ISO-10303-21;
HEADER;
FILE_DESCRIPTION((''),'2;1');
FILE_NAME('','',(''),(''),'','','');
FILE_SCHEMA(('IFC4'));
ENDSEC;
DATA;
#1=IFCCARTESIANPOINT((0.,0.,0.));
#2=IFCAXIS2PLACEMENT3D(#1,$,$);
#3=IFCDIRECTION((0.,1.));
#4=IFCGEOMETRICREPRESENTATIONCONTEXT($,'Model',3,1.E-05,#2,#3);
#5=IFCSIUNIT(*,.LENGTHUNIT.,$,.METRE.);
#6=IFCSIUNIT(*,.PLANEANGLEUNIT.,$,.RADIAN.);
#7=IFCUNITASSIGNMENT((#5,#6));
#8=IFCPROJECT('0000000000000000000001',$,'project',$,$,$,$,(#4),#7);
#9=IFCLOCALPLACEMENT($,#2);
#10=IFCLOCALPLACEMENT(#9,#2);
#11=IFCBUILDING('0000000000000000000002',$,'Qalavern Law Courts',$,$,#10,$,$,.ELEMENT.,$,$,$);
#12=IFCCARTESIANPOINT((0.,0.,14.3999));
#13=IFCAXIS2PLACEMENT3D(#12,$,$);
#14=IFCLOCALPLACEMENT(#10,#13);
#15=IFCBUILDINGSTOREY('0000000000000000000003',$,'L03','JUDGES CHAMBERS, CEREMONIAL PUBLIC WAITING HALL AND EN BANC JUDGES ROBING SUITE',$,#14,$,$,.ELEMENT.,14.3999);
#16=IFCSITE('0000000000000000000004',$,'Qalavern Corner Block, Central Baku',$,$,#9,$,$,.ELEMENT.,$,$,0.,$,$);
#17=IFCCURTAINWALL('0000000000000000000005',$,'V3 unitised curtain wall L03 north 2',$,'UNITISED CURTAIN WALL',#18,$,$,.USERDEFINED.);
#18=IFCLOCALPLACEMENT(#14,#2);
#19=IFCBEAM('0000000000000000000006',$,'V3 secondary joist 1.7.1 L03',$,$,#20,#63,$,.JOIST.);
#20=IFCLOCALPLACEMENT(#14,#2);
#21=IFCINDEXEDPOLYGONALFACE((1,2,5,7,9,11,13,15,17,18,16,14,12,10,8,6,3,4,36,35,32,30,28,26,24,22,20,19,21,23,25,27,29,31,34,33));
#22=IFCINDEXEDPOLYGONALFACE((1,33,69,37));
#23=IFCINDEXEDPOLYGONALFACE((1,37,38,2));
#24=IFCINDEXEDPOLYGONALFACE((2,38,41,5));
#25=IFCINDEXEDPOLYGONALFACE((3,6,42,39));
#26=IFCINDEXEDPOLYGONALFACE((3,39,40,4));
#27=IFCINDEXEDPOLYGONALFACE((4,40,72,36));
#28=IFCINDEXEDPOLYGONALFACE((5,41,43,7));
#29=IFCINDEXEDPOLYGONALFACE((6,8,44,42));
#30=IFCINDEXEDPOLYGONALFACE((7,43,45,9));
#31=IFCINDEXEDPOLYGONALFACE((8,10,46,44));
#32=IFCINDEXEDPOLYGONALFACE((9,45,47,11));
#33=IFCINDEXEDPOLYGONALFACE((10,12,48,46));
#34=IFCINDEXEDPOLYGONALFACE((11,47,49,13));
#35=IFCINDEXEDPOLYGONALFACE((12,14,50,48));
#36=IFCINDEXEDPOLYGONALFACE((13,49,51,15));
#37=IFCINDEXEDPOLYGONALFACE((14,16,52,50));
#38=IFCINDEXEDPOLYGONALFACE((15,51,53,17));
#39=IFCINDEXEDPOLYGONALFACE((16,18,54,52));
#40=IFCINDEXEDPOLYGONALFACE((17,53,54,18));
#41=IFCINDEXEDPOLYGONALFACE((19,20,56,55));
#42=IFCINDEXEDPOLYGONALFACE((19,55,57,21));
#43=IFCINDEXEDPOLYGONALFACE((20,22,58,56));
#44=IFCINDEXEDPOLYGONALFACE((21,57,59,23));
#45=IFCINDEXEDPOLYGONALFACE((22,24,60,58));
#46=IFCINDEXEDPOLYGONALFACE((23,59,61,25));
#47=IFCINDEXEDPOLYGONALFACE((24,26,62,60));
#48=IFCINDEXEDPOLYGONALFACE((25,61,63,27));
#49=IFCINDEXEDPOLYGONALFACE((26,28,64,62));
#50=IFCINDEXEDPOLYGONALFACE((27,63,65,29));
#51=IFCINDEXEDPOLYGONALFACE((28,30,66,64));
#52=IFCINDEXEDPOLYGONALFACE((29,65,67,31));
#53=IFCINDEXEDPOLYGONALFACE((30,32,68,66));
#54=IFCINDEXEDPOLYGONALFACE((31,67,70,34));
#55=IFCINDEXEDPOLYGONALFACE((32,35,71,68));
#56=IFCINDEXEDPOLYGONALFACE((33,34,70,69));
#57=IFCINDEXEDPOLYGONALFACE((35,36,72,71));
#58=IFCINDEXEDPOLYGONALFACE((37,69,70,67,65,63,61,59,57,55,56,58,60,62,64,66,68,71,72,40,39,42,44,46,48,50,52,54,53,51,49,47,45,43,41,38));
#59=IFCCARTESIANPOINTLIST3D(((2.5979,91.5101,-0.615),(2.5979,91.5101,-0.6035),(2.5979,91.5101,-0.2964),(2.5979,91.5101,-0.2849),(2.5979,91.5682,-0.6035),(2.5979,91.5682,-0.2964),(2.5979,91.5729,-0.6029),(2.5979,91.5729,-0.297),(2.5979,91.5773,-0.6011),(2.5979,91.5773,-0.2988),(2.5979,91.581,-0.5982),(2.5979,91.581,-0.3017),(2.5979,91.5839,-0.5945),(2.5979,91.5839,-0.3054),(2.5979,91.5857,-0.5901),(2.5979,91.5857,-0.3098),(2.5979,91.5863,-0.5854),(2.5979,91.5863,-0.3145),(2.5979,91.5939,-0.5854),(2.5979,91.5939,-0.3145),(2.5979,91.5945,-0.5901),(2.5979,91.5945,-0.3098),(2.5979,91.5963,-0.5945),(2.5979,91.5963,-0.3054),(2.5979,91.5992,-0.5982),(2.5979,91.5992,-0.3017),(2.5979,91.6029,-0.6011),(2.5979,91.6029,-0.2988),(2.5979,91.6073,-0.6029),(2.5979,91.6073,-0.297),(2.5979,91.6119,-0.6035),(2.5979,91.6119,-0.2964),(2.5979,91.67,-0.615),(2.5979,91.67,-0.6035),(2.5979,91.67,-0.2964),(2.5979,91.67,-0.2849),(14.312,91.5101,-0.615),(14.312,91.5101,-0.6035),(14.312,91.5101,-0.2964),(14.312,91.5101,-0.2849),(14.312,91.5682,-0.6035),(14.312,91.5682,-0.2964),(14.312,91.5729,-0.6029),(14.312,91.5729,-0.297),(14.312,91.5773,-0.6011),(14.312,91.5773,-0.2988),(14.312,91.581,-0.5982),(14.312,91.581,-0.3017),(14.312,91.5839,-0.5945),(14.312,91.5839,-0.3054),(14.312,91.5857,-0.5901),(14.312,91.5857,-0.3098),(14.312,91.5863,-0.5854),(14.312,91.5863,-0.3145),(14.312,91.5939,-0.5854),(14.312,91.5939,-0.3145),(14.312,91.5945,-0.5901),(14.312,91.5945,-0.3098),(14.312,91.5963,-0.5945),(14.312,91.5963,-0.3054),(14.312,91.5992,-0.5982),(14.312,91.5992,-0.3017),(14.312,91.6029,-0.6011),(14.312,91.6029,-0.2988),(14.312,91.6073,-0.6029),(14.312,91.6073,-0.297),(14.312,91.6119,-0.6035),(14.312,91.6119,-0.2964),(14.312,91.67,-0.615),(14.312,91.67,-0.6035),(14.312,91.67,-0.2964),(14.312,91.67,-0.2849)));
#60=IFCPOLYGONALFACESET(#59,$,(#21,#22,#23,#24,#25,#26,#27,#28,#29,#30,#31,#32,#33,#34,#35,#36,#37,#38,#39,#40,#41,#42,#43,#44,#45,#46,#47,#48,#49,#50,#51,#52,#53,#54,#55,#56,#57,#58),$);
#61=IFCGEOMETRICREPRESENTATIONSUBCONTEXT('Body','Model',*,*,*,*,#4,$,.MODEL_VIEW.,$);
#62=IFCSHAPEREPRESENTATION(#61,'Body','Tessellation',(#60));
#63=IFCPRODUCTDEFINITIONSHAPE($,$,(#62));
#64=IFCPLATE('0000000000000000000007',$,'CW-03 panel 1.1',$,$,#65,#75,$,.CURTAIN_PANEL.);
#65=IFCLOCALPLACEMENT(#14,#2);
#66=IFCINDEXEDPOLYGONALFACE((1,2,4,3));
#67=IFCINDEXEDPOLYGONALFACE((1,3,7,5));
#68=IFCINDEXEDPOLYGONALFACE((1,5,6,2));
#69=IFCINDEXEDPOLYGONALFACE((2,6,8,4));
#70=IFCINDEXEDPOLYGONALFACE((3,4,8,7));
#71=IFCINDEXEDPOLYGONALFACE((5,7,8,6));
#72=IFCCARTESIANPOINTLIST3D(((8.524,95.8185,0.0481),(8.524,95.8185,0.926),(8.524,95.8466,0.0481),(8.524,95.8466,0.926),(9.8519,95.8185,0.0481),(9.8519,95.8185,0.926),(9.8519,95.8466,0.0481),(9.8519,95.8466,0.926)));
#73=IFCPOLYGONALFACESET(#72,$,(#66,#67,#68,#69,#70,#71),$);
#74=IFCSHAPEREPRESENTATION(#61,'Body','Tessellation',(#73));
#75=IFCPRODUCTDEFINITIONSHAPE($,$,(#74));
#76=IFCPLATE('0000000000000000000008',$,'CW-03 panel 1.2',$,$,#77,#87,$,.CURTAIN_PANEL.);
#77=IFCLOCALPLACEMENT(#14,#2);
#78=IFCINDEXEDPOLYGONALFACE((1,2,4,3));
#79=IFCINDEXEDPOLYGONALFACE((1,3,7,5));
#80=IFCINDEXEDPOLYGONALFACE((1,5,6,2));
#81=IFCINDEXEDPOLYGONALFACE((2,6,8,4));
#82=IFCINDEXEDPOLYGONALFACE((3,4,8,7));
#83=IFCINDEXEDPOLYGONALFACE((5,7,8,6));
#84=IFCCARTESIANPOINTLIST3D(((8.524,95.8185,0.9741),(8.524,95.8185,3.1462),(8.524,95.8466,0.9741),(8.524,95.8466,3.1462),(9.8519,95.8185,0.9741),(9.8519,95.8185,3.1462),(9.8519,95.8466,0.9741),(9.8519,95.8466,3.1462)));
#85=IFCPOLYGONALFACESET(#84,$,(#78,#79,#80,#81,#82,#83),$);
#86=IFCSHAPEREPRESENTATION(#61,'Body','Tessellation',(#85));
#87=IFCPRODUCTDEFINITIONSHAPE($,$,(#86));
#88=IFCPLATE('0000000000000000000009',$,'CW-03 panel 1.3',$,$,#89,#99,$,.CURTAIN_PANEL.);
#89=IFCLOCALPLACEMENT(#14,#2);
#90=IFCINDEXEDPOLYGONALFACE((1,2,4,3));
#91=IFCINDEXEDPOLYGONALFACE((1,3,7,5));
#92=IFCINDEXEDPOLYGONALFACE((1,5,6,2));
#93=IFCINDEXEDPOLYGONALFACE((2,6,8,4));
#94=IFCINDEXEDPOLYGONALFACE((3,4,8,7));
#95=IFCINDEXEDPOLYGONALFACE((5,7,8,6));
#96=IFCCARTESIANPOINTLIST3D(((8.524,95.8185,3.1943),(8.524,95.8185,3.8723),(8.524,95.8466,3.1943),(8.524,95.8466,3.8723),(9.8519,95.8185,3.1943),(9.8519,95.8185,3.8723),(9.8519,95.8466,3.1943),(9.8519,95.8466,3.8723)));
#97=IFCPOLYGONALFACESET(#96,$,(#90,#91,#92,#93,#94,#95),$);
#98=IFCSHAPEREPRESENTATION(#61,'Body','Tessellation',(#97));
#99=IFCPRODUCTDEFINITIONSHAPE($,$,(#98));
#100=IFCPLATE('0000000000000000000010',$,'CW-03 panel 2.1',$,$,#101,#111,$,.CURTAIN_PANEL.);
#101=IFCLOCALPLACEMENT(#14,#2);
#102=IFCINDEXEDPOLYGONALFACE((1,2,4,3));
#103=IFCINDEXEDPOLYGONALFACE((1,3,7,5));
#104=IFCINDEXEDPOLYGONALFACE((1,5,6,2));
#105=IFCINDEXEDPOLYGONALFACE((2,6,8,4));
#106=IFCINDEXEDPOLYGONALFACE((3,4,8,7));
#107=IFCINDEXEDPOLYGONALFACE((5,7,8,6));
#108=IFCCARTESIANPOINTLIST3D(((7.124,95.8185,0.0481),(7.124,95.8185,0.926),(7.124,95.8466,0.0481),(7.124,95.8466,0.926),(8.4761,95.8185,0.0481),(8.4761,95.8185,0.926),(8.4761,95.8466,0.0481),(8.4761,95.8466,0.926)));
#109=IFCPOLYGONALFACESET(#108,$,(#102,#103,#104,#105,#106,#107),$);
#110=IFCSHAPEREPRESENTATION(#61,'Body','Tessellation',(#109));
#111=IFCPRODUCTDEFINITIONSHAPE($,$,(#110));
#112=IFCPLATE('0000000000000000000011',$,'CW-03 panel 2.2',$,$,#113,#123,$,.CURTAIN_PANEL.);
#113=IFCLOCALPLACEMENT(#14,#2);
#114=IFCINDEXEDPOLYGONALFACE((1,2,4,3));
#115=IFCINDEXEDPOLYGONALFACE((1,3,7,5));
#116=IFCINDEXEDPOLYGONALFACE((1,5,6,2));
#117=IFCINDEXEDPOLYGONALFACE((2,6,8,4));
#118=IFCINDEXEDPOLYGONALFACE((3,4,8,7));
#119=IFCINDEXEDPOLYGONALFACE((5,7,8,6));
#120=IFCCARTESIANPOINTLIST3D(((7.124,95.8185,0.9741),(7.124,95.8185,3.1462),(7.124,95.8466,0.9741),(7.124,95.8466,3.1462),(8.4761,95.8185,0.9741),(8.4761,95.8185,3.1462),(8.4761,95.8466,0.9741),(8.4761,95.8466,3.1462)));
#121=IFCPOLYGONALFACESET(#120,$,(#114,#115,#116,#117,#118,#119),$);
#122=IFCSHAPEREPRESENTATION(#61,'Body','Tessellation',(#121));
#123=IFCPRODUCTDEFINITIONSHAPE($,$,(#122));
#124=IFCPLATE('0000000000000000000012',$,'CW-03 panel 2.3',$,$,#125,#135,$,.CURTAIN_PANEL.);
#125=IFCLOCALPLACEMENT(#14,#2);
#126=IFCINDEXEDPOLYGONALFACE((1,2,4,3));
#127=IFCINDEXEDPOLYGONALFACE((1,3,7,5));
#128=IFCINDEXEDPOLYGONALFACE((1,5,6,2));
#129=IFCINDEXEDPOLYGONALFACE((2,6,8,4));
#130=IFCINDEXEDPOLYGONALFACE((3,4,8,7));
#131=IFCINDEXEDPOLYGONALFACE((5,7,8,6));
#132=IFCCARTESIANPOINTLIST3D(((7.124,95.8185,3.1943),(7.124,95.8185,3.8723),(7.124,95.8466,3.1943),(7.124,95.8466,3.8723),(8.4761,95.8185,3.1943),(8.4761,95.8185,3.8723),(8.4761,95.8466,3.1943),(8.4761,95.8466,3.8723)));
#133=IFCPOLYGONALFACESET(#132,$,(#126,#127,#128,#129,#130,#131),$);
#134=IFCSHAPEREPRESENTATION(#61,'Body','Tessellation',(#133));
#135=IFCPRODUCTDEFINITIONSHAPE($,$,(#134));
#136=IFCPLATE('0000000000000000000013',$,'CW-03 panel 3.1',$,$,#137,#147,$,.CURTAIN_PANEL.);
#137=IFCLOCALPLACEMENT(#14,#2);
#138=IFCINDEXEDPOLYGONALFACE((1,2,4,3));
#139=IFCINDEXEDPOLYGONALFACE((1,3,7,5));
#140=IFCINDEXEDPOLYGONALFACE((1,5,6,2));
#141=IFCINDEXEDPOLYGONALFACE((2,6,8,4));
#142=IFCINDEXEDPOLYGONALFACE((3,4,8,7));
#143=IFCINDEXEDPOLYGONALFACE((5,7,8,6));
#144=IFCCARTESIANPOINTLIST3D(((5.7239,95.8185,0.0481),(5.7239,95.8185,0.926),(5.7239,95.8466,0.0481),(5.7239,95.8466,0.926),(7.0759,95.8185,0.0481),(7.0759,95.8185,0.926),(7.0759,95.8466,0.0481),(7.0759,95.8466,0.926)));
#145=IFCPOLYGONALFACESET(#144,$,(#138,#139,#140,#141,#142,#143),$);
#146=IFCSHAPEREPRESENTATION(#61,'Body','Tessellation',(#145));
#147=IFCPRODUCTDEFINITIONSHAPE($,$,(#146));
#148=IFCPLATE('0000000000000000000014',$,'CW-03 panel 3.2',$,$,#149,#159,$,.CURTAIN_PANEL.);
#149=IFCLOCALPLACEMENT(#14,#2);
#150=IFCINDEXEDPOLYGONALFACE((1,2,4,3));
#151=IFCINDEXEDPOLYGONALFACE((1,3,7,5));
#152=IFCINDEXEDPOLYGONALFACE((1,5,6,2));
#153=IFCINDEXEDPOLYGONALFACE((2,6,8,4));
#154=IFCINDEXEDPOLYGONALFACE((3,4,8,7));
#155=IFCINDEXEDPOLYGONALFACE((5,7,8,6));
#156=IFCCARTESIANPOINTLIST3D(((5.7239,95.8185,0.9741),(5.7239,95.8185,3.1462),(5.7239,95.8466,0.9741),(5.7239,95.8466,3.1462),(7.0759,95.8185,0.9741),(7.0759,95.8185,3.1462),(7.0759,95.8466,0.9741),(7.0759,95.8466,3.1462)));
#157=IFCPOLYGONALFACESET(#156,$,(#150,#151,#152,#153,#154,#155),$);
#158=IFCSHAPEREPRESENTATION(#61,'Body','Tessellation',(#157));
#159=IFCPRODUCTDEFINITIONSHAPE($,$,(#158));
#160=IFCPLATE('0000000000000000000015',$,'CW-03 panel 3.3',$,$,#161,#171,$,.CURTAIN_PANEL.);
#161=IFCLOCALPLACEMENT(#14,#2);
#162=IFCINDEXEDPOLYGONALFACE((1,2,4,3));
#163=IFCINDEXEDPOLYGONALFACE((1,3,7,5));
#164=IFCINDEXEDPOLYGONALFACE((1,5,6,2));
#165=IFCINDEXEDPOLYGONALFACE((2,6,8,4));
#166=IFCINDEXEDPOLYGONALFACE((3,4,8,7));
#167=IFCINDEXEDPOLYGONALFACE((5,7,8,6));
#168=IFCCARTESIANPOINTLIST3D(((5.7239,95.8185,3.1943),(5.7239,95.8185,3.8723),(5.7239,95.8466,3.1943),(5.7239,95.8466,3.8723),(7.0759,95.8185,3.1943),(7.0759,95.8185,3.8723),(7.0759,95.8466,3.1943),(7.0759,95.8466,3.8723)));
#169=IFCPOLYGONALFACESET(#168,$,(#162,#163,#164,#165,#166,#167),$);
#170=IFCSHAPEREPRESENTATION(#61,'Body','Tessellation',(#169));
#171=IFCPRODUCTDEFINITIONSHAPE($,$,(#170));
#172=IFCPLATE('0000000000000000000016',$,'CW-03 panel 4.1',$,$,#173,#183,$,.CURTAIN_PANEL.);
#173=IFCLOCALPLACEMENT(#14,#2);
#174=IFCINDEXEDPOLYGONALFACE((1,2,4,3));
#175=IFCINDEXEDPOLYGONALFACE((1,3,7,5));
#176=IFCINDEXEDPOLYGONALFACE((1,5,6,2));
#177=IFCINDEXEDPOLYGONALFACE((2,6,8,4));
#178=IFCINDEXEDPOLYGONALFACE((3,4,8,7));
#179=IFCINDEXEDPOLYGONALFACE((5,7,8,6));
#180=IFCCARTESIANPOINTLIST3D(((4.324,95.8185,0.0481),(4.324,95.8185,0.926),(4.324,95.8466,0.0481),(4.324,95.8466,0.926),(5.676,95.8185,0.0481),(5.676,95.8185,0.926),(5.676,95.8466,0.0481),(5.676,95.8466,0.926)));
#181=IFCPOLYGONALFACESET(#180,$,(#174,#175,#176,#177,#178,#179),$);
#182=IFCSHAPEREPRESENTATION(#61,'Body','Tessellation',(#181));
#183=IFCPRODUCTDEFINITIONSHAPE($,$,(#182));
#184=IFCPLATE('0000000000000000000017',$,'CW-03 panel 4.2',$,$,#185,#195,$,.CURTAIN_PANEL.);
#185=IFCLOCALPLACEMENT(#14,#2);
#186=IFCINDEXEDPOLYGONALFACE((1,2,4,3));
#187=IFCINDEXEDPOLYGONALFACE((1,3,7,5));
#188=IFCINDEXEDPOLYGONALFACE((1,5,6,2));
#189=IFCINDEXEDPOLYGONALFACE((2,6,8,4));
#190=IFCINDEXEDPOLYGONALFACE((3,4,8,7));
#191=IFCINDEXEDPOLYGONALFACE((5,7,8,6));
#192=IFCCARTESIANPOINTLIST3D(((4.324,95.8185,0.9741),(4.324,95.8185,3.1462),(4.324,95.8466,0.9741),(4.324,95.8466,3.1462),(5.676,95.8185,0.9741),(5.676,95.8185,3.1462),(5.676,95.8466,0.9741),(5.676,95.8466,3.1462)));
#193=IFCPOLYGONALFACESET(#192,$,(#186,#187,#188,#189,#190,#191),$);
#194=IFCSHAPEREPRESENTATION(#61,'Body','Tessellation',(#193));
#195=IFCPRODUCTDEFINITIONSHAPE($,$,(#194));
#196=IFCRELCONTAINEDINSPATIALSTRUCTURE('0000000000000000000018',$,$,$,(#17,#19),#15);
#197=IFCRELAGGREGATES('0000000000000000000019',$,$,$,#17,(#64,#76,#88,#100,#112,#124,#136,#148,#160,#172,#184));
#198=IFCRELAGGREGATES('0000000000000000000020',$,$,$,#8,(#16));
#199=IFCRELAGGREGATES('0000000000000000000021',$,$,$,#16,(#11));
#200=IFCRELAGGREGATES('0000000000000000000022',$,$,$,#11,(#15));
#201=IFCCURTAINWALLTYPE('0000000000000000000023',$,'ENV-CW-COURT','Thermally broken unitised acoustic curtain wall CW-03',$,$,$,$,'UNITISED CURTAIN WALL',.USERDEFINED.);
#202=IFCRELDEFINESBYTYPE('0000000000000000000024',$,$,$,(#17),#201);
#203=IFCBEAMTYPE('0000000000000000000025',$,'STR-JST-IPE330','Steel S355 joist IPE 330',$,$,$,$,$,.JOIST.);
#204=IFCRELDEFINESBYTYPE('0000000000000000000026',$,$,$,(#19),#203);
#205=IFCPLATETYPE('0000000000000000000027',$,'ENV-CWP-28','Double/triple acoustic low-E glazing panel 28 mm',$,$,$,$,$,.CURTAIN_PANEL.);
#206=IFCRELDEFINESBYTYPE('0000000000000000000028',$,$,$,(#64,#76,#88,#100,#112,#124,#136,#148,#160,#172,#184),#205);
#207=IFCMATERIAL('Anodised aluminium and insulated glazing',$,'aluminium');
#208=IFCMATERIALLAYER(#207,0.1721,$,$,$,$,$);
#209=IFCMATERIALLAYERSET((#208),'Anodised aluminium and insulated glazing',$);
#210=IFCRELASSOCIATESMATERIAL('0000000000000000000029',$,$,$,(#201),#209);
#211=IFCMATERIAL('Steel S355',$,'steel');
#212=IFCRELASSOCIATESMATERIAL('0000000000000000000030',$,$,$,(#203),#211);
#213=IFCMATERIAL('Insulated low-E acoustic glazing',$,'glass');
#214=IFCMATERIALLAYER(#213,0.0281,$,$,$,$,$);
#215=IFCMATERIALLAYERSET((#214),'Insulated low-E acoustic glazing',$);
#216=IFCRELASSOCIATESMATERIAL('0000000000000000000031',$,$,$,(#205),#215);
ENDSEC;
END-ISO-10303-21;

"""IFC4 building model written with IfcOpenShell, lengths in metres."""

from ifc_helpers import new_model, si_unit, direction, frame, origin, origin_2d, place, context, subcontext, project, spatial, rectangle, i_section, extrude, material, layer, layer_set, material_profile, profile_set, type_object, element, aggregate, save


model = new_model("IFC4")

# Units and contexts
model_context = context("Model", 3, precision=1e-05, world=origin(), true_north=direction((0.0, 1.0)))
body_context = subcontext(model_context, "Body", "Model", "MODEL_VIEW")
ifc_project = project(units=[si_unit("LENGTHUNIT", "METRE"), si_unit("PLANEANGLEUNIT", "RADIAN")], contexts=[model_context])

# Site, building, storey
site_placement = place(None, origin())
site = spatial("IfcSite", under=ifc_project, at=site_placement, Name="Qalavern Corner Block, Central Baku", CompositionType="ELEMENT", RefElevation=0.0)
building_placement = place(site_placement, origin())
building = spatial("IfcBuilding", under=site, at=building_placement, Name="Qalavern Law Courts", CompositionType="ELEMENT")
storey_placement = place(building_placement, frame((0.0, 0.0, 14.3999)))
storey = spatial("IfcBuildingStorey", under=building, at=storey_placement, Name="L03", Description="JUDGES CHAMBERS, CEREMONIAL PUBLIC WAITING HALL AND EN BANC JUDGES ROBING SUITE", CompositionType="ELEMENT", Elevation=14.3999)

# Curtain wall
ifc_material_1 = material(Name="Anodised aluminium and insulated glazing", Category="aluminium")
ifc_layer_1 = layer(ifc_material_1, 0.1721)
ifc_layer_set_1 = layer_set([ifc_layer_1], Name="Anodised aluminium and insulated glazing")
curtain_wall_type = type_object("IfcCurtainWallType", Name="ENV-CW-COURT", Description="Thermally broken unitised acoustic curtain wall CW-03", ElementType="UNITISED CURTAIN WALL", PredefinedType="USERDEFINED", material=ifc_layer_set_1)
curtain_wall_placement = place(storey_placement, origin())
curtain_wall = element("IfcCurtainWall", 1, at=curtain_wall_placement, inside=storey, type_object=curtain_wall_type, Name="V3 unitised curtain wall L03 north 2", ObjectType="UNITISED CURTAIN WALL", PredefinedType="USERDEFINED")

# Beam
ifc_material_2 = material(Name="Steel S355", Category="steel")
ifc_material_profile_1 = material_profile(ifc_material_2, i_section(OverallWidth=0.1599, OverallDepth=0.3301, WebThickness=0.0076, FlangeThickness=0.0115, FilletRadius=0.0181, at=origin_2d()), Name="IPE 330")
ifc_profile_set_1 = profile_set([ifc_material_profile_1], Name="Steel S355")
beam_type = type_object("IfcBeamType", Name="STR-JST-IPE330", Description="Steel S355 joist IPE 330", PredefinedType="JOIST", material=ifc_profile_set_1)
beam_placement = place(storey_placement, frame((2.5979, 91.5901, -0.45), z_axis=(1.0, 0.0, 0.0), x_axis=(0.0, 1.0, 0.0)))
element("IfcBeam", 2, at=beam_placement, inside=storey, type_object=beam_type, Name="V3 secondary joist 1.7.1 L03", PredefinedType="JOIST", context=body_context, shape_type="SweptSolid", body=[
    extrude(i_section(OverallWidth=0.1599, OverallDepth=0.3301, WebThickness=0.0076, FlangeThickness=0.0115, FilletRadius=0.0181, at=origin_2d()), origin(), (0.0, 0.0, 1.0), 11.7141),
])

# Plates
ifc_material_3 = material(Name="Insulated low-E acoustic glazing", Category="glass")
ifc_layer_2 = layer(ifc_material_3, 0.0281)
ifc_layer_set_2 = layer_set([ifc_layer_2], Name="Insulated low-E acoustic glazing")
plate_type = type_object("IfcPlateType", Name="ENV-CWP-28", Description="Double/triple acoustic low-E glazing panel 28 mm", PredefinedType="CURTAIN_PANEL", material=ifc_layer_set_2)
plate_1_placement = place(storey_placement, frame((9.188, 95.8325, 0.0481), z_axis=(0.0, 0.0, 1.0), x_axis=(-1.0, 0.0, 0.0)))
plate_1 = element("IfcPlate", 3, at=plate_1_placement, type_object=plate_type, Name="CW-03 panel 1.1", PredefinedType="CURTAIN_PANEL", context=body_context, shape_type="SweptSolid", body=[
    extrude(rectangle(XDim=1.3279, YDim=0.0281, at=origin_2d()), origin(), (0.0, 0.0, 1.0), 0.8779),
])
plate_2_placement = place(storey_placement, frame((9.188, 95.8325, 0.9741), z_axis=(0.0, 0.0, 1.0), x_axis=(-1.0, 0.0, 0.0)))
plate_2 = element("IfcPlate", 4, at=plate_2_placement, type_object=plate_type, Name="CW-03 panel 1.2", PredefinedType="CURTAIN_PANEL", context=body_context, shape_type="SweptSolid", body=[
    extrude(rectangle(XDim=1.3279, YDim=0.0281, at=origin_2d()), origin(), (0.0, 0.0, 1.0), 2.1721),
])
plate_3_placement = place(storey_placement, frame((9.188, 95.8325, 3.1943), z_axis=(0.0, 0.0, 1.0), x_axis=(-1.0, 0.0, 0.0)))
plate_3 = element("IfcPlate", 5, at=plate_3_placement, type_object=plate_type, Name="CW-03 panel 1.3", PredefinedType="CURTAIN_PANEL", context=body_context, shape_type="SweptSolid", body=[
    extrude(rectangle(XDim=1.3279, YDim=0.0281, at=origin_2d()), origin(), (0.0, 0.0, 1.0), 0.678),
])
plate_4_placement = place(storey_placement, frame((7.8, 95.8325, 0.0481), z_axis=(0.0, 0.0, 1.0), x_axis=(-1.0, 0.0, 0.0)))
plate_4 = element("IfcPlate", 6, at=plate_4_placement, type_object=plate_type, Name="CW-03 panel 2.1", PredefinedType="CURTAIN_PANEL", context=body_context, shape_type="SweptSolid", body=[
    extrude(rectangle(XDim=1.3521, YDim=0.0281, at=origin_2d()), origin(), (0.0, 0.0, 1.0), 0.8779),
])
plate_5_placement = place(storey_placement, frame((7.8, 95.8325, 0.9741), z_axis=(0.0, 0.0, 1.0), x_axis=(-1.0, 0.0, 0.0)))
plate_5 = element("IfcPlate", 7, at=plate_5_placement, type_object=plate_type, Name="CW-03 panel 2.2", PredefinedType="CURTAIN_PANEL", context=body_context, shape_type="SweptSolid", body=[
    extrude(rectangle(XDim=1.3521, YDim=0.0281, at=origin_2d()), origin(), (0.0, 0.0, 1.0), 2.1721),
])
plate_6_placement = place(storey_placement, frame((7.8, 95.8325, 3.1943), z_axis=(0.0, 0.0, 1.0), x_axis=(-1.0, 0.0, 0.0)))
plate_6 = element("IfcPlate", 8, at=plate_6_placement, type_object=plate_type, Name="CW-03 panel 2.3", PredefinedType="CURTAIN_PANEL", context=body_context, shape_type="SweptSolid", body=[
    extrude(rectangle(XDim=1.3521, YDim=0.0281, at=origin_2d()), origin(), (0.0, 0.0, 1.0), 0.678),
])
plate_7_placement = place(storey_placement, frame((6.3999, 95.8325, 0.0481), z_axis=(0.0, 0.0, 1.0), x_axis=(-1.0, 0.0, 0.0)))
plate_7 = element("IfcPlate", 9, at=plate_7_placement, type_object=plate_type, Name="CW-03 panel 3.1", PredefinedType="CURTAIN_PANEL", context=body_context, shape_type="SweptSolid", body=[
    extrude(rectangle(XDim=1.3521, YDim=0.0281, at=origin_2d()), origin(), (0.0, 0.0, 1.0), 0.8779),
])
plate_8_placement = place(storey_placement, frame((6.3999, 95.8325, 0.9741), z_axis=(0.0, 0.0, 1.0), x_axis=(-1.0, 0.0, 0.0)))
plate_8 = element("IfcPlate", 10, at=plate_8_placement, type_object=plate_type, Name="CW-03 panel 3.2", PredefinedType="CURTAIN_PANEL", context=body_context, shape_type="SweptSolid", body=[
    extrude(rectangle(XDim=1.3521, YDim=0.0281, at=origin_2d()), origin(), (0.0, 0.0, 1.0), 2.1721),
])
plate_9_placement = place(storey_placement, frame((6.3999, 95.8325, 3.1943), z_axis=(0.0, 0.0, 1.0), x_axis=(-1.0, 0.0, 0.0)))
plate_9 = element("IfcPlate", 11, at=plate_9_placement, type_object=plate_type, Name="CW-03 panel 3.3", PredefinedType="CURTAIN_PANEL", context=body_context, shape_type="SweptSolid", body=[
    extrude(rectangle(XDim=1.3521, YDim=0.0281, at=origin_2d()), origin(), (0.0, 0.0, 1.0), 0.678),
])
plate_10_placement = place(storey_placement, frame((5.0, 95.8325, 0.0481), z_axis=(0.0, 0.0, 1.0), x_axis=(-1.0, 0.0, 0.0)))
plate_10 = element("IfcPlate", 12, at=plate_10_placement, type_object=plate_type, Name="CW-03 panel 4.1", PredefinedType="CURTAIN_PANEL", context=body_context, shape_type="SweptSolid", body=[
    extrude(rectangle(XDim=1.3521, YDim=0.0281, at=origin_2d()), origin(), (0.0, 0.0, 1.0), 0.8779),
])
plate_11_placement = place(storey_placement, frame((5.0, 95.8325, 0.9741), z_axis=(0.0, 0.0, 1.0), x_axis=(-1.0, 0.0, 0.0)))
plate_11 = element("IfcPlate", 13, at=plate_11_placement, type_object=plate_type, Name="CW-03 panel 4.2", PredefinedType="CURTAIN_PANEL", context=body_context, shape_type="SweptSolid", body=[
    extrude(rectangle(XDim=1.3521, YDim=0.0281, at=origin_2d()), origin(), (0.0, 0.0, 1.0), 2.1721),
])
aggregate(curtain_wall, [plate_1, plate_2, plate_3, plate_4, plate_5, plate_6, plate_7, plate_8, plate_9, plate_10, plate_11])

save(model, "model.ifc")
